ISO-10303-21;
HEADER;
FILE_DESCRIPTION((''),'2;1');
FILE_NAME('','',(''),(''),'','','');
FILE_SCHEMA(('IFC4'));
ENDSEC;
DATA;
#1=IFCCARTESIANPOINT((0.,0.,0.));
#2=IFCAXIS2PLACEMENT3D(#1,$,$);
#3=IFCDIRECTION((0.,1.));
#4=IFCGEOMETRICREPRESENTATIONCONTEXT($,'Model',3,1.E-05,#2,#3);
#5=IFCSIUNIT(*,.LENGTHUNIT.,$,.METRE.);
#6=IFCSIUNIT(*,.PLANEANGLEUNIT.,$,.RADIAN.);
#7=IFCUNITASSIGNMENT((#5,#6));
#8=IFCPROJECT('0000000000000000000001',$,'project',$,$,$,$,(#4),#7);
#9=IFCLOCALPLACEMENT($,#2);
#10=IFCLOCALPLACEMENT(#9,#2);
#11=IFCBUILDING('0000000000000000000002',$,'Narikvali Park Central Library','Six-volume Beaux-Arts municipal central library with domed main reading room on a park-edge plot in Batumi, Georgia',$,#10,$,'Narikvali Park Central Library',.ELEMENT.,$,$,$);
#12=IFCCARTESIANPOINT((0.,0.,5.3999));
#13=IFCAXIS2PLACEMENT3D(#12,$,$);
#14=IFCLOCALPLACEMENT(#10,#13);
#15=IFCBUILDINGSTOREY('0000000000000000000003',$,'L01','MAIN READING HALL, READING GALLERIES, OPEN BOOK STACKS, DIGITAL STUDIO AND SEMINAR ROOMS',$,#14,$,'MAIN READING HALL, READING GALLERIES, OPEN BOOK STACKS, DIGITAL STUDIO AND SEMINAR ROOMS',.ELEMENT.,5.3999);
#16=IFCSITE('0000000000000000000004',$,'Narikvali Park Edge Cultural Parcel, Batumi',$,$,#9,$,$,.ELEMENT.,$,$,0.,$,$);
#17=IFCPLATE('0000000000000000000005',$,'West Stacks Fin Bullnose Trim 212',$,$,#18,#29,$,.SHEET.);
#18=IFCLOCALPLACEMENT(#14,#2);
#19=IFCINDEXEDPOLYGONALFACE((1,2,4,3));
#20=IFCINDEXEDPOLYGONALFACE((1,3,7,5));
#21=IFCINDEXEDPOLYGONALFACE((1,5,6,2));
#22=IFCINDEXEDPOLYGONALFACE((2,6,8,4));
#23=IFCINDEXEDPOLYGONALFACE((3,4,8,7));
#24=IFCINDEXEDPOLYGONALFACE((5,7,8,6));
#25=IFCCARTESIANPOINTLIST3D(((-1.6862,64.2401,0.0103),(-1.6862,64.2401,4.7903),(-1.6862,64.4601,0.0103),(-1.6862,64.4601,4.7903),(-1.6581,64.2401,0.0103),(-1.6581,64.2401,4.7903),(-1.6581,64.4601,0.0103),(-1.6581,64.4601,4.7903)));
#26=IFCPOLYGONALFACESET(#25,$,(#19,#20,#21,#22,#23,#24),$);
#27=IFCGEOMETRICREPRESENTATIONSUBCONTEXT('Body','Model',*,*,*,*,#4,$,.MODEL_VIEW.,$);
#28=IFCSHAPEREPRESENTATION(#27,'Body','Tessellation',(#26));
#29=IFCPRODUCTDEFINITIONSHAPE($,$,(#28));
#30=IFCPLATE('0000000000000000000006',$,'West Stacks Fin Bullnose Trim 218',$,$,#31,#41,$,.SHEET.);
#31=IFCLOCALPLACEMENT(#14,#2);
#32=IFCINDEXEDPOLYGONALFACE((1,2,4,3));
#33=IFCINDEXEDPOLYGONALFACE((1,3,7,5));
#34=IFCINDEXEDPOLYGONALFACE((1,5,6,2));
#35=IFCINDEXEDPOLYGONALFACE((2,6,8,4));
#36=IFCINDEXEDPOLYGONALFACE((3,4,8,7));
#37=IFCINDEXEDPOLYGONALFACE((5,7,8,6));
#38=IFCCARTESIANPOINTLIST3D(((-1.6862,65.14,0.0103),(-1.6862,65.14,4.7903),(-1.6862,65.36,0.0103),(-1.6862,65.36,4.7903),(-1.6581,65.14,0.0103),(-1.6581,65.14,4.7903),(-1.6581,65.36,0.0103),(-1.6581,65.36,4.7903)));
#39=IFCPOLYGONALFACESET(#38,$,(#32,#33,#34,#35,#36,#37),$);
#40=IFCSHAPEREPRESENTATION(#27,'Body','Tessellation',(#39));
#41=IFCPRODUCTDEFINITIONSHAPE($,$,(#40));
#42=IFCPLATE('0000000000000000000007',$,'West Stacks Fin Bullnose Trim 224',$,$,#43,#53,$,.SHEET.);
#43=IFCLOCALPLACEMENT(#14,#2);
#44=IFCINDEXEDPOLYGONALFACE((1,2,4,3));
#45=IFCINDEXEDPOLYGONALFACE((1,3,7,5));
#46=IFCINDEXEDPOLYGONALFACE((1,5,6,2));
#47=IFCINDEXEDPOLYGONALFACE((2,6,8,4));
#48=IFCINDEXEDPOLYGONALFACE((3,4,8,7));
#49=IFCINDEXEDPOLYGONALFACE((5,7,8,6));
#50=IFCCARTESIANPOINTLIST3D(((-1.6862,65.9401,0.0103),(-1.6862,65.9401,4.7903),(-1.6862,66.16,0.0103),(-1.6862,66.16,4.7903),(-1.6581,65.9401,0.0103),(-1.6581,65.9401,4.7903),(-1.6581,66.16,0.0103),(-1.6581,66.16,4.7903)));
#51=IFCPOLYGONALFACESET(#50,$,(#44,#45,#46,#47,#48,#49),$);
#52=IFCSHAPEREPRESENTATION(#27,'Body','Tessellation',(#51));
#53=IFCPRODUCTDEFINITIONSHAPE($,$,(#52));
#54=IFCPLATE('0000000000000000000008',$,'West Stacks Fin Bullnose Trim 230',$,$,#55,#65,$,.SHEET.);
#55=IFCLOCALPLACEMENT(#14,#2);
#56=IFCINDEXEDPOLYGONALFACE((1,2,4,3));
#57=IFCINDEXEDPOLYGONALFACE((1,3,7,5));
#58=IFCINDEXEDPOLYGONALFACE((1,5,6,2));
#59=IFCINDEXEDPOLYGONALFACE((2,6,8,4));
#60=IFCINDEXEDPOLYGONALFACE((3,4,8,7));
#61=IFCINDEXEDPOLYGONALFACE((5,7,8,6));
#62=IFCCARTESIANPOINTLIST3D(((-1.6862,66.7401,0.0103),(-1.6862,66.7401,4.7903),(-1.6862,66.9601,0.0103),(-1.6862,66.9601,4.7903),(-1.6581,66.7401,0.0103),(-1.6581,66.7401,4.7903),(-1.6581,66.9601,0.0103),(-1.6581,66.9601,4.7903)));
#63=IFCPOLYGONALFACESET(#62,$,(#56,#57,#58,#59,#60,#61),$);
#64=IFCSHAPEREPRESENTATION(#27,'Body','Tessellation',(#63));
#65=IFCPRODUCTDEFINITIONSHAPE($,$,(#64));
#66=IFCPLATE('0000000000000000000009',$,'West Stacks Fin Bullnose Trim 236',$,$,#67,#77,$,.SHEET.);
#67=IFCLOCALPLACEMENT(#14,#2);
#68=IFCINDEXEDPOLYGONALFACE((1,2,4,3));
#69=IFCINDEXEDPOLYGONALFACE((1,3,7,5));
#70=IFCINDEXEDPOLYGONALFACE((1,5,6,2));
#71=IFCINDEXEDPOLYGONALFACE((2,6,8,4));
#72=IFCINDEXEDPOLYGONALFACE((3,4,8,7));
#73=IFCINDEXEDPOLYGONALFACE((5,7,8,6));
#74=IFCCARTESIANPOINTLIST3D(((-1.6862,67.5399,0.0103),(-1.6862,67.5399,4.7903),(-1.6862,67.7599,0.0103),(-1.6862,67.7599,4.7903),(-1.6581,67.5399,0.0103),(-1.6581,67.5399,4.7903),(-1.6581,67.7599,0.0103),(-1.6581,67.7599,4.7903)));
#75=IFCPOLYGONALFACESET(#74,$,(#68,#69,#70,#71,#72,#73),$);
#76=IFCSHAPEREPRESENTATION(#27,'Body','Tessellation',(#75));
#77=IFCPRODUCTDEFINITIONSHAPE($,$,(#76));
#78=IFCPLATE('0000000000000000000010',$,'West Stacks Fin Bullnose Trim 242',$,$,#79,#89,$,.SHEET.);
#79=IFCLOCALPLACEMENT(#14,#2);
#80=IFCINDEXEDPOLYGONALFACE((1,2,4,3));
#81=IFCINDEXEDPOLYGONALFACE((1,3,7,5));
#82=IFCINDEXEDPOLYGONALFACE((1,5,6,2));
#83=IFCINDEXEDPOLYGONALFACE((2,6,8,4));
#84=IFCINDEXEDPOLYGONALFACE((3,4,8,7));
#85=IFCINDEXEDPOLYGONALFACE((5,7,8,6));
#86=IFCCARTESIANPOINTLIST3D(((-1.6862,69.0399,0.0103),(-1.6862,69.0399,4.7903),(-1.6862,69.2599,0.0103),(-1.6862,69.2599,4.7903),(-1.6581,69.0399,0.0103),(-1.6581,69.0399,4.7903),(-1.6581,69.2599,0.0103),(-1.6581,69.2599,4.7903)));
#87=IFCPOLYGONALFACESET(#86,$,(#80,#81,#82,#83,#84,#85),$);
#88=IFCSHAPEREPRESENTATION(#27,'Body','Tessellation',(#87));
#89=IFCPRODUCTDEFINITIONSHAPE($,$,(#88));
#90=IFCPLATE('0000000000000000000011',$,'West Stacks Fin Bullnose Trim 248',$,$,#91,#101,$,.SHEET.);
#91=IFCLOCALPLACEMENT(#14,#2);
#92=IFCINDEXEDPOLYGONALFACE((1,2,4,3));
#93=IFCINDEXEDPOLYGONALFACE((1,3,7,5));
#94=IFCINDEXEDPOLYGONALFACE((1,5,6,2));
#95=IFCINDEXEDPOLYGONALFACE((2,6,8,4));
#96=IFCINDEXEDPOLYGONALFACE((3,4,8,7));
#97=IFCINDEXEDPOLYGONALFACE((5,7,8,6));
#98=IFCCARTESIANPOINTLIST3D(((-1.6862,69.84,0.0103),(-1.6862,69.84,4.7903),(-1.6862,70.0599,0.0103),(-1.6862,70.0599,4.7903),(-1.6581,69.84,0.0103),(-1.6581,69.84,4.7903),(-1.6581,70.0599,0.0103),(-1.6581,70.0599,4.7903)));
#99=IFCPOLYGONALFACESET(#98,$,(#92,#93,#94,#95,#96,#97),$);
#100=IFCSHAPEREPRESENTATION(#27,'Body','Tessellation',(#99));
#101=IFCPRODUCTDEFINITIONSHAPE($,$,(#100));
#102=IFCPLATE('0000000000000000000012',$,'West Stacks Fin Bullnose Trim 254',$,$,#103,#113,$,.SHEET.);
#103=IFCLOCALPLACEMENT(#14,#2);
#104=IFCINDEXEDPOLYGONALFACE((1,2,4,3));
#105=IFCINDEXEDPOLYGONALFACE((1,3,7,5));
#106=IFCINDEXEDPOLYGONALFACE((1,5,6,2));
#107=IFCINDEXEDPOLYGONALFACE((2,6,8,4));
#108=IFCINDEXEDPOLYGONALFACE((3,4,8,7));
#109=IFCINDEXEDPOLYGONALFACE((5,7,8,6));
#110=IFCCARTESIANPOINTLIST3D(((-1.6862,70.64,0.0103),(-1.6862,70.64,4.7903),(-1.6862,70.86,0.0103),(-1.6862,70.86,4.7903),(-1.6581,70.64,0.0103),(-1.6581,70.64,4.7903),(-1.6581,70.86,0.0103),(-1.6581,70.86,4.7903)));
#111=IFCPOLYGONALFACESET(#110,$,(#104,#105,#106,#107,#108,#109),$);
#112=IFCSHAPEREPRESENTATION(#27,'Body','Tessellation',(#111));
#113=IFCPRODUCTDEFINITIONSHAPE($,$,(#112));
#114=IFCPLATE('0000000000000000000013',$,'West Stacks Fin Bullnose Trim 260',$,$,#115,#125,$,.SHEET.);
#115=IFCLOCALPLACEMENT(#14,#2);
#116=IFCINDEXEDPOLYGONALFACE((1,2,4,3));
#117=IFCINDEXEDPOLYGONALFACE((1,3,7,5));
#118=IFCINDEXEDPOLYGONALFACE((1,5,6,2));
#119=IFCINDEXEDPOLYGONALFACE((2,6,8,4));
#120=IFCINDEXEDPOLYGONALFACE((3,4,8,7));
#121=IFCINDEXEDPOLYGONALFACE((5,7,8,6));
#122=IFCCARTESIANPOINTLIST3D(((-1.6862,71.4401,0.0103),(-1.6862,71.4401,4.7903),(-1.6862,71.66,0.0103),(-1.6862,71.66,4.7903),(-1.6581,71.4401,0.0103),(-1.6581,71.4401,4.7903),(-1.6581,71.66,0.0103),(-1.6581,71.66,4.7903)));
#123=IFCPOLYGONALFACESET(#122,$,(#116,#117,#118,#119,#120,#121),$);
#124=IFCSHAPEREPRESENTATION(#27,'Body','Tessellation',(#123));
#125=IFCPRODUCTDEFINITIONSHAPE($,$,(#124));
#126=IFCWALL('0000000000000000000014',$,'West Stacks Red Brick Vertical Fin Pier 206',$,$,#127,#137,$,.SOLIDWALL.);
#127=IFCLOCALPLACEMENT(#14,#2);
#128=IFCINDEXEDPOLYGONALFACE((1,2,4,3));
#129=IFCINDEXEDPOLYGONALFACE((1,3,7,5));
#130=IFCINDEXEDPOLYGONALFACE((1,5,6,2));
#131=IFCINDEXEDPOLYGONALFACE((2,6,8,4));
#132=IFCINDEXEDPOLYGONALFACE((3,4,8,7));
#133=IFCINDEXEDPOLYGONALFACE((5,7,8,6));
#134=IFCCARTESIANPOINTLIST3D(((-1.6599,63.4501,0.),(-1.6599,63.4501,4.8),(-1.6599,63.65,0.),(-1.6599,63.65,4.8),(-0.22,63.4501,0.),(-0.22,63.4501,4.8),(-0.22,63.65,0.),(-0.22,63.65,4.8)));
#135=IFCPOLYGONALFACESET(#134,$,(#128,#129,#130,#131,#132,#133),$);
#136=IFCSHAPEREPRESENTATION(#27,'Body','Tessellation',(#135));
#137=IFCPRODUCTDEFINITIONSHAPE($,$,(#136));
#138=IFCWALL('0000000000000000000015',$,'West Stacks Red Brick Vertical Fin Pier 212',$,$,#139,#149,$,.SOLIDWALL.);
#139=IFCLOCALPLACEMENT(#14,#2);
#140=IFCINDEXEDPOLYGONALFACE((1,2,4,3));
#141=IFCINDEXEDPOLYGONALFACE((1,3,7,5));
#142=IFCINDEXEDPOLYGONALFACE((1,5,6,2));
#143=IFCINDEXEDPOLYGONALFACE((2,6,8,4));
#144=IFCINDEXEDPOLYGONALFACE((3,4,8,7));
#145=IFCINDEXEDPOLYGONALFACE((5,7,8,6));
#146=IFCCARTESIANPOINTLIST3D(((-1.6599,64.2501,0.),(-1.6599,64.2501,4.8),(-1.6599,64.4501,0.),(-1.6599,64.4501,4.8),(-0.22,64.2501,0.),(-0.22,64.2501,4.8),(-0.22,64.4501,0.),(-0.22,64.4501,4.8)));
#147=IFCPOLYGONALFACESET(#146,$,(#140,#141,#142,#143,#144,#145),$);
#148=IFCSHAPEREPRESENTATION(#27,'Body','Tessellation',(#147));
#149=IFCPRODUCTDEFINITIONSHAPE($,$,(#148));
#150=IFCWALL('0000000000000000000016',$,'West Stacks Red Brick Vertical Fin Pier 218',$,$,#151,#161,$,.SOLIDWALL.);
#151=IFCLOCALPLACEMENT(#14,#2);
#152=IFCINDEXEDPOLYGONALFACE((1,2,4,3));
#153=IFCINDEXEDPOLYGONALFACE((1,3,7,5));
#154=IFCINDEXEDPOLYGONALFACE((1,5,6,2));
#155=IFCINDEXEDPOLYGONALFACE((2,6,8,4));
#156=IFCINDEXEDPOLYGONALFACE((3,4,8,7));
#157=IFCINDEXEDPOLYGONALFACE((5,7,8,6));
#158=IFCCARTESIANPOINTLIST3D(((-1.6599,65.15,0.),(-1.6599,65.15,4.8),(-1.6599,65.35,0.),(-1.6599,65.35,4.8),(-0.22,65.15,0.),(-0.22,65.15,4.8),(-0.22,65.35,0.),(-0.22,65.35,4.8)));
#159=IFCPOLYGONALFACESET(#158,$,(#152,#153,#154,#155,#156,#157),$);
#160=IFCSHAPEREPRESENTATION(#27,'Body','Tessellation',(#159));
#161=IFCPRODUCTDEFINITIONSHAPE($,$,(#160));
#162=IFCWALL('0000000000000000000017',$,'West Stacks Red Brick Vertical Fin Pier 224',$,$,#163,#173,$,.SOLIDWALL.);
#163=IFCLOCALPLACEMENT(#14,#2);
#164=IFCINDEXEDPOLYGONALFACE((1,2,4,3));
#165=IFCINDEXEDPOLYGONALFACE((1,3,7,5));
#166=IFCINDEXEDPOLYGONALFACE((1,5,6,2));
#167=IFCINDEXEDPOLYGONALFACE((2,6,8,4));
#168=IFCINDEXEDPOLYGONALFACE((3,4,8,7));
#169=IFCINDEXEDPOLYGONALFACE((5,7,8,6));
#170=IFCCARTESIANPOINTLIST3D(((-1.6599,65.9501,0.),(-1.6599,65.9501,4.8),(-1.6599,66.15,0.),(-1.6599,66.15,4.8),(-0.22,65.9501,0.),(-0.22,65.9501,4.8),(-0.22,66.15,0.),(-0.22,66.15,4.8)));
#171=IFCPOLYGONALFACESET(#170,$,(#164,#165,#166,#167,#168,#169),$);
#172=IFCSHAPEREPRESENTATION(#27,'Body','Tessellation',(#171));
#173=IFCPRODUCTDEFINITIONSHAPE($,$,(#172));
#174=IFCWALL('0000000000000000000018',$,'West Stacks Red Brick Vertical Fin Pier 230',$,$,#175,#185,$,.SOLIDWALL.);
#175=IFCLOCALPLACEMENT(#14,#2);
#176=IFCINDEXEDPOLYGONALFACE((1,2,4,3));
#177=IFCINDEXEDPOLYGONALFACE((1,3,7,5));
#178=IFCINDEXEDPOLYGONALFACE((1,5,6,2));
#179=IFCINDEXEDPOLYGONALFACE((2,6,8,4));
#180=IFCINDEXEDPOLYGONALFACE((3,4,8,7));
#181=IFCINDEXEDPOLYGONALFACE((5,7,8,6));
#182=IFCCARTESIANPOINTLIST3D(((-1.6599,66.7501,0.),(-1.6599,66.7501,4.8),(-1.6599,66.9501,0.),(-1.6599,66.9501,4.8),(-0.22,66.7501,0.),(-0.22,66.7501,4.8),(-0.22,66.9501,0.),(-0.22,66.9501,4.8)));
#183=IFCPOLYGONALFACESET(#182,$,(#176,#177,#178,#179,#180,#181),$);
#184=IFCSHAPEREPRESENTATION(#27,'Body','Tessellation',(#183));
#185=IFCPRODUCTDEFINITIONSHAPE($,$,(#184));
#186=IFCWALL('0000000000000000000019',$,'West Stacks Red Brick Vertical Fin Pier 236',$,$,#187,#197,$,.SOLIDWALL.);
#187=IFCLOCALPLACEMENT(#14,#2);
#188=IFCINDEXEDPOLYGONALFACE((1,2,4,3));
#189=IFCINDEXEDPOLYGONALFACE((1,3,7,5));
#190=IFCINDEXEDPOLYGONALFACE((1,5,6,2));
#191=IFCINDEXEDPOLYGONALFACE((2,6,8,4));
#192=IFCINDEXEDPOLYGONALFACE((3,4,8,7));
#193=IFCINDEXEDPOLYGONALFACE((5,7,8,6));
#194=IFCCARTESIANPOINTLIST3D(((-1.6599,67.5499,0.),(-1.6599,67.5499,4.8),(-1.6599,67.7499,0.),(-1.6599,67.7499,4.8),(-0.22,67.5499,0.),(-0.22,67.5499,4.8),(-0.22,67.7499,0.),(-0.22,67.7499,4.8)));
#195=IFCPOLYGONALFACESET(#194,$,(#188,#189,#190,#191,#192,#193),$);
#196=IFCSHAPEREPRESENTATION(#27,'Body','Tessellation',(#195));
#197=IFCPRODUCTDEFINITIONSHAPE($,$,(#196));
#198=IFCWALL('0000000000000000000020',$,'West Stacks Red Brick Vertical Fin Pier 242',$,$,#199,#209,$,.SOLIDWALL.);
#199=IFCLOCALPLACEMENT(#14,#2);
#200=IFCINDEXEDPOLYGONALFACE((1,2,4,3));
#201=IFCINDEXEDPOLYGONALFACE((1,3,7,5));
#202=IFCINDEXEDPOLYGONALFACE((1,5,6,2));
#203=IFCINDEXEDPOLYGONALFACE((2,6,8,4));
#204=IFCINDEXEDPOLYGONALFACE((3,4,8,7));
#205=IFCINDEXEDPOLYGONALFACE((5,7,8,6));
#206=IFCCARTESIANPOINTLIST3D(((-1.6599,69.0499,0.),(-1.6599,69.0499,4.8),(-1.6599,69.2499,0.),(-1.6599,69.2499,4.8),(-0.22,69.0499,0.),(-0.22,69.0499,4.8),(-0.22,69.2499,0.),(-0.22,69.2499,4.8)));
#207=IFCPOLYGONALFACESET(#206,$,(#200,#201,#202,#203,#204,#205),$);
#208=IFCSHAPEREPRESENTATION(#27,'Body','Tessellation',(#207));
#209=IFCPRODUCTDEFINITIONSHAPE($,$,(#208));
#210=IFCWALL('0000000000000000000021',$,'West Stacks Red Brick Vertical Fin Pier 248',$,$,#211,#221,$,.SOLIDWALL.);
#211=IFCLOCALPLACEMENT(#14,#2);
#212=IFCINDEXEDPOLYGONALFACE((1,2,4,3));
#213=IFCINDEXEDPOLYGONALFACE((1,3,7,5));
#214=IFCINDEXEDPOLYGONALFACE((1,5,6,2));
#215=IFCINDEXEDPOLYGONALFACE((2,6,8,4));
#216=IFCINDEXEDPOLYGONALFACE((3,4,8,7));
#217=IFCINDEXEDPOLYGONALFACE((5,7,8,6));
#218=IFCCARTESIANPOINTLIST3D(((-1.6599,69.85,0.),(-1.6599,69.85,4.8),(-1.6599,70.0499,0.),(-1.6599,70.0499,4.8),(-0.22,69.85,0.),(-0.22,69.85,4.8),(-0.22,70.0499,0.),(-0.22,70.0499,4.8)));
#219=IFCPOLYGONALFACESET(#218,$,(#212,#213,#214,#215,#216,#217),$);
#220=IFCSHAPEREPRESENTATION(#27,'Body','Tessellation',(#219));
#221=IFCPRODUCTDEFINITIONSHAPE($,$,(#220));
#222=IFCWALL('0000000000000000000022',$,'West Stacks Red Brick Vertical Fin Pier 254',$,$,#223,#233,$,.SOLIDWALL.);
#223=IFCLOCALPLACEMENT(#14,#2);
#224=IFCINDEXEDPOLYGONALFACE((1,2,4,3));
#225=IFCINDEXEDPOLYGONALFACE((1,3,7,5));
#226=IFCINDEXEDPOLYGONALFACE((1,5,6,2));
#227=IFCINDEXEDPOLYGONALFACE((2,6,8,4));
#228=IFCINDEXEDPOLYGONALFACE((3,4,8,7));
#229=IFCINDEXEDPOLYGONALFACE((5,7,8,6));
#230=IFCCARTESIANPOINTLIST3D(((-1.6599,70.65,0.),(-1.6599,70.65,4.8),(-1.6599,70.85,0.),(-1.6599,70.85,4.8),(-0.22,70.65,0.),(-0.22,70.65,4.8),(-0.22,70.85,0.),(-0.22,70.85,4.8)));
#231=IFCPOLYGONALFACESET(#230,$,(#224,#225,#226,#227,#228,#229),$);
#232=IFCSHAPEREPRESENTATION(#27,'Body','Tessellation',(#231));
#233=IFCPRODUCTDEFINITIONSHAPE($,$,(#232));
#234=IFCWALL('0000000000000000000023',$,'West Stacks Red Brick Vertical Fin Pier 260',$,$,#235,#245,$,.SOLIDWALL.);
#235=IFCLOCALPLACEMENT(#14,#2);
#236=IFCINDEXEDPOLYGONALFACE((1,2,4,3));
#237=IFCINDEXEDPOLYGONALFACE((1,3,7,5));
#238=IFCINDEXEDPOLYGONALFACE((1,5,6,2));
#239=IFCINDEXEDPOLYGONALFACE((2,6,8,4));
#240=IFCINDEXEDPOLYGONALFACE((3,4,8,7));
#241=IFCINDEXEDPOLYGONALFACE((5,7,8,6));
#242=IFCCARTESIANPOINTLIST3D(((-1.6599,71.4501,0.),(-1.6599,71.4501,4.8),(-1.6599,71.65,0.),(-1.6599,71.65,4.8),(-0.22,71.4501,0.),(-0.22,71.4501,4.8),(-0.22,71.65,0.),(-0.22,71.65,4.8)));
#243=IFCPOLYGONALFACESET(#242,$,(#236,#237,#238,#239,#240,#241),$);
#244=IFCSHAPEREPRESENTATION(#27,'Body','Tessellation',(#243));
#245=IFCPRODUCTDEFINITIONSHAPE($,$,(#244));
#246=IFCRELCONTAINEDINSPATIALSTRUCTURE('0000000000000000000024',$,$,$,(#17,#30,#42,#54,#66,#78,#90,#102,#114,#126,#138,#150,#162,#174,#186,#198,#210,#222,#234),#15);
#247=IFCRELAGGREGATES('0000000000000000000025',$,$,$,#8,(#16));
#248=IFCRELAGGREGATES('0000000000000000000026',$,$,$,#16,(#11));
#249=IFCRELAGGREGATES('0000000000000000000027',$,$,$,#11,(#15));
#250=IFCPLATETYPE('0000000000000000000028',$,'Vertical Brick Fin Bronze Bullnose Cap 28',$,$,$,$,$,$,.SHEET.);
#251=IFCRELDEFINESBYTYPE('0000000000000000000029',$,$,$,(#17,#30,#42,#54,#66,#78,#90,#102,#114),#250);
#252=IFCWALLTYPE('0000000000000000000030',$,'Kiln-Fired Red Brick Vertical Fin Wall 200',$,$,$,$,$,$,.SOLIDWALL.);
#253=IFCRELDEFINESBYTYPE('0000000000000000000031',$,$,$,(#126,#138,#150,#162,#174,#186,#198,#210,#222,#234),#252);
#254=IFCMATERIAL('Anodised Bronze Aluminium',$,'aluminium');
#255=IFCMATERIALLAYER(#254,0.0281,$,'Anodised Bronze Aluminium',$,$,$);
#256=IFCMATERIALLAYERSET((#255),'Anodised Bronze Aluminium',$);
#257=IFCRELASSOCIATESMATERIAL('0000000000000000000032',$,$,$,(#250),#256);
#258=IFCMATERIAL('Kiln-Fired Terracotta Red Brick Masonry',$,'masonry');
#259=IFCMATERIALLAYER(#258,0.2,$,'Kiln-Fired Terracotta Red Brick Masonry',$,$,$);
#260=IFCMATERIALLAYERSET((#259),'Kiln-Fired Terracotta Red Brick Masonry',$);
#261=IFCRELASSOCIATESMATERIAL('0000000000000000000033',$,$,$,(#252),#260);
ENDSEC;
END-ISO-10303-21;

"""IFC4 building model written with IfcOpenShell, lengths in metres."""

from ifc_helpers import new_model, si_unit, direction, frame, frame_2d, origin, origin_2d, place, context, subcontext, project, spatial, rectangle, extrude, material, layer, layer_set, type_object, element, save


model = new_model("IFC4")

# Units and contexts
model_context = context("Model", 3, precision=1e-05, world=origin(), true_north=direction((0.0, 1.0)))
body_context = subcontext(model_context, "Body", "Model", "MODEL_VIEW")
ifc_project = project(units=[si_unit("LENGTHUNIT", "METRE"), si_unit("PLANEANGLEUNIT", "RADIAN")], contexts=[model_context])

# Site, building, storey
site_placement = place(None, origin())
site = spatial("IfcSite", under=ifc_project, at=site_placement, Name="Narikvali Park Edge Cultural Parcel, Batumi", CompositionType="ELEMENT", RefElevation=0.0)
building_placement = place(site_placement, origin())
building = spatial("IfcBuilding", under=site, at=building_placement, Name="Narikvali Park Central Library", Description="Six-volume Beaux-Arts municipal central library with domed main reading room on a park-edge plot in Batumi, Georgia", LongName="Narikvali Park Central Library", CompositionType="ELEMENT")
storey_placement = place(building_placement, frame((0.0, 0.0, 5.3999)))
storey = spatial("IfcBuildingStorey", under=building, at=storey_placement, Name="L01", Description="MAIN READING HALL, READING GALLERIES, OPEN BOOK STACKS, DIGITAL STUDIO AND SEMINAR ROOMS", LongName="MAIN READING HALL, READING GALLERIES, OPEN BOOK STACKS, DIGITAL STUDIO AND SEMINAR ROOMS", CompositionType="ELEMENT", Elevation=5.3999)

# Plates
ifc_material_1 = material(Name="Anodised Bronze Aluminium", Category="aluminium")
ifc_layer_1 = layer(ifc_material_1, 0.0281, Name="Anodised Bronze Aluminium")
ifc_layer_set_1 = layer_set([ifc_layer_1], Name="Anodised Bronze Aluminium")
plate_type = type_object("IfcPlateType", Name="Vertical Brick Fin Bronze Bullnose Cap 28", PredefinedType="SHEET", material=ifc_layer_set_1)
for number, where, z_axis, x_axis, name in (
    (1, (-1.6721, 64.3501, 0.0103), (0.0, 0.0, 1.0), (1.0, 0.0, 0.0), "West Stacks Fin Bullnose Trim 212"),
    (2, (-1.6721, 65.25, 0.0103), (0.0, 0.0, 1.0), (1.0, 0.0, 0.0), "West Stacks Fin Bullnose Trim 218"),
    (3, (-1.6721, 66.05, 0.0103), (0.0, 0.0, 1.0), (1.0, 0.0, 0.0), "West Stacks Fin Bullnose Trim 224"),
    (4, (-1.6721, 66.8501, 0.0103), (0.0, 0.0, 1.0), (1.0, 0.0, 0.0), "West Stacks Fin Bullnose Trim 230"),
    (5, (-1.6721, 67.6499, 0.0103), (0.0, 0.0, 1.0), (1.0, 0.0, 0.0), "West Stacks Fin Bullnose Trim 236"),
    (6, (-1.6721, 69.1499, 0.0103), (0.0, 0.0, 1.0), (1.0, 0.0, 0.0), "West Stacks Fin Bullnose Trim 242"),
    (7, (-1.6721, 69.95, 0.0103), (0.0, 0.0, 1.0), (1.0, 0.0, 0.0), "West Stacks Fin Bullnose Trim 248"),
    (8, (-1.6721, 70.75, 0.0103), (0.0, 0.0, 1.0), (1.0, 0.0, 0.0), "West Stacks Fin Bullnose Trim 254"),
    (9, (-1.6721, 71.55, 0.0103), (0.0, 0.0, 1.0), (1.0, 0.0, 0.0), "West Stacks Fin Bullnose Trim 260"),
):
    element("IfcPlate", number, at=place(storey_placement, frame(where, z_axis=z_axis, x_axis=x_axis)), inside=storey, type_object=plate_type, Name=name, PredefinedType="SHEET", context=body_context, shape_type="SweptSolid", body=[
        extrude(rectangle(XDim=0.0281, YDim=0.22, at=origin_2d()), origin(), (0.0, 0.0, 1.0), 4.78),
    ])

# Walls
ifc_material_2 = material(Name="Kiln-Fired Terracotta Red Brick Masonry", Category="masonry")
ifc_layer_2 = layer(ifc_material_2, 0.2, Name="Kiln-Fired Terracotta Red Brick Masonry")
ifc_layer_set_2 = layer_set([ifc_layer_2], Name="Kiln-Fired Terracotta Red Brick Masonry")
wall_type = type_object("IfcWallType", Name="Kiln-Fired Red Brick Vertical Fin Wall 200", PredefinedType="SOLIDWALL", material=ifc_layer_set_2)
for number, where, z_axis, x_axis, name in (
    (10, (-1.6599, 63.55, 0.0), (0.0, 0.0, 1.0), (1.0, 0.0, 0.0), "West Stacks Red Brick Vertical Fin Pier 206"),
    (11, (-1.6599, 64.3501, 0.0), (0.0, 0.0, 1.0), (1.0, 0.0, 0.0), "West Stacks Red Brick Vertical Fin Pier 212"),
    (12, (-1.6599, 65.25, 0.0), (0.0, 0.0, 1.0), (1.0, 0.0, 0.0), "West Stacks Red Brick Vertical Fin Pier 218"),
    (13, (-1.6599, 66.05, 0.0), (0.0, 0.0, 1.0), (1.0, 0.0, 0.0), "West Stacks Red Brick Vertical Fin Pier 224"),
    (14, (-1.6599, 66.8501, 0.0), (0.0, 0.0, 1.0), (1.0, 0.0, 0.0), "West Stacks Red Brick Vertical Fin Pier 230"),
    (15, (-1.6599, 67.6499, 0.0), (0.0, 0.0, 1.0), (1.0, 0.0, 0.0), "West Stacks Red Brick Vertical Fin Pier 236"),
    (16, (-1.6599, 69.1499, 0.0), (0.0, 0.0, 1.0), (1.0, 0.0, 0.0), "West Stacks Red Brick Vertical Fin Pier 242"),
    (17, (-1.6599, 69.95, 0.0), (0.0, 0.0, 1.0), (1.0, 0.0, 0.0), "West Stacks Red Brick Vertical Fin Pier 248"),
    (18, (-1.6599, 70.75, 0.0), (0.0, 0.0, 1.0), (1.0, 0.0, 0.0), "West Stacks Red Brick Vertical Fin Pier 254"),
    (19, (-1.6599, 71.55, 0.0), (0.0, 0.0, 1.0), (1.0, 0.0, 0.0), "West Stacks Red Brick Vertical Fin Pier 260"),
):
    element("IfcWall", number, at=place(storey_placement, frame(where, z_axis=z_axis, x_axis=x_axis)), inside=storey, type_object=wall_type, Name=name, PredefinedType="SOLIDWALL", context=body_context, shape_type="SweptSolid", body=[
        extrude(rectangle(XDim=1.4399, YDim=0.2, at=frame_2d((0.72, 0.0))), origin(), (0.0, 0.0, 1.0), 4.8),
    ])

save(model, "model.ifc")
